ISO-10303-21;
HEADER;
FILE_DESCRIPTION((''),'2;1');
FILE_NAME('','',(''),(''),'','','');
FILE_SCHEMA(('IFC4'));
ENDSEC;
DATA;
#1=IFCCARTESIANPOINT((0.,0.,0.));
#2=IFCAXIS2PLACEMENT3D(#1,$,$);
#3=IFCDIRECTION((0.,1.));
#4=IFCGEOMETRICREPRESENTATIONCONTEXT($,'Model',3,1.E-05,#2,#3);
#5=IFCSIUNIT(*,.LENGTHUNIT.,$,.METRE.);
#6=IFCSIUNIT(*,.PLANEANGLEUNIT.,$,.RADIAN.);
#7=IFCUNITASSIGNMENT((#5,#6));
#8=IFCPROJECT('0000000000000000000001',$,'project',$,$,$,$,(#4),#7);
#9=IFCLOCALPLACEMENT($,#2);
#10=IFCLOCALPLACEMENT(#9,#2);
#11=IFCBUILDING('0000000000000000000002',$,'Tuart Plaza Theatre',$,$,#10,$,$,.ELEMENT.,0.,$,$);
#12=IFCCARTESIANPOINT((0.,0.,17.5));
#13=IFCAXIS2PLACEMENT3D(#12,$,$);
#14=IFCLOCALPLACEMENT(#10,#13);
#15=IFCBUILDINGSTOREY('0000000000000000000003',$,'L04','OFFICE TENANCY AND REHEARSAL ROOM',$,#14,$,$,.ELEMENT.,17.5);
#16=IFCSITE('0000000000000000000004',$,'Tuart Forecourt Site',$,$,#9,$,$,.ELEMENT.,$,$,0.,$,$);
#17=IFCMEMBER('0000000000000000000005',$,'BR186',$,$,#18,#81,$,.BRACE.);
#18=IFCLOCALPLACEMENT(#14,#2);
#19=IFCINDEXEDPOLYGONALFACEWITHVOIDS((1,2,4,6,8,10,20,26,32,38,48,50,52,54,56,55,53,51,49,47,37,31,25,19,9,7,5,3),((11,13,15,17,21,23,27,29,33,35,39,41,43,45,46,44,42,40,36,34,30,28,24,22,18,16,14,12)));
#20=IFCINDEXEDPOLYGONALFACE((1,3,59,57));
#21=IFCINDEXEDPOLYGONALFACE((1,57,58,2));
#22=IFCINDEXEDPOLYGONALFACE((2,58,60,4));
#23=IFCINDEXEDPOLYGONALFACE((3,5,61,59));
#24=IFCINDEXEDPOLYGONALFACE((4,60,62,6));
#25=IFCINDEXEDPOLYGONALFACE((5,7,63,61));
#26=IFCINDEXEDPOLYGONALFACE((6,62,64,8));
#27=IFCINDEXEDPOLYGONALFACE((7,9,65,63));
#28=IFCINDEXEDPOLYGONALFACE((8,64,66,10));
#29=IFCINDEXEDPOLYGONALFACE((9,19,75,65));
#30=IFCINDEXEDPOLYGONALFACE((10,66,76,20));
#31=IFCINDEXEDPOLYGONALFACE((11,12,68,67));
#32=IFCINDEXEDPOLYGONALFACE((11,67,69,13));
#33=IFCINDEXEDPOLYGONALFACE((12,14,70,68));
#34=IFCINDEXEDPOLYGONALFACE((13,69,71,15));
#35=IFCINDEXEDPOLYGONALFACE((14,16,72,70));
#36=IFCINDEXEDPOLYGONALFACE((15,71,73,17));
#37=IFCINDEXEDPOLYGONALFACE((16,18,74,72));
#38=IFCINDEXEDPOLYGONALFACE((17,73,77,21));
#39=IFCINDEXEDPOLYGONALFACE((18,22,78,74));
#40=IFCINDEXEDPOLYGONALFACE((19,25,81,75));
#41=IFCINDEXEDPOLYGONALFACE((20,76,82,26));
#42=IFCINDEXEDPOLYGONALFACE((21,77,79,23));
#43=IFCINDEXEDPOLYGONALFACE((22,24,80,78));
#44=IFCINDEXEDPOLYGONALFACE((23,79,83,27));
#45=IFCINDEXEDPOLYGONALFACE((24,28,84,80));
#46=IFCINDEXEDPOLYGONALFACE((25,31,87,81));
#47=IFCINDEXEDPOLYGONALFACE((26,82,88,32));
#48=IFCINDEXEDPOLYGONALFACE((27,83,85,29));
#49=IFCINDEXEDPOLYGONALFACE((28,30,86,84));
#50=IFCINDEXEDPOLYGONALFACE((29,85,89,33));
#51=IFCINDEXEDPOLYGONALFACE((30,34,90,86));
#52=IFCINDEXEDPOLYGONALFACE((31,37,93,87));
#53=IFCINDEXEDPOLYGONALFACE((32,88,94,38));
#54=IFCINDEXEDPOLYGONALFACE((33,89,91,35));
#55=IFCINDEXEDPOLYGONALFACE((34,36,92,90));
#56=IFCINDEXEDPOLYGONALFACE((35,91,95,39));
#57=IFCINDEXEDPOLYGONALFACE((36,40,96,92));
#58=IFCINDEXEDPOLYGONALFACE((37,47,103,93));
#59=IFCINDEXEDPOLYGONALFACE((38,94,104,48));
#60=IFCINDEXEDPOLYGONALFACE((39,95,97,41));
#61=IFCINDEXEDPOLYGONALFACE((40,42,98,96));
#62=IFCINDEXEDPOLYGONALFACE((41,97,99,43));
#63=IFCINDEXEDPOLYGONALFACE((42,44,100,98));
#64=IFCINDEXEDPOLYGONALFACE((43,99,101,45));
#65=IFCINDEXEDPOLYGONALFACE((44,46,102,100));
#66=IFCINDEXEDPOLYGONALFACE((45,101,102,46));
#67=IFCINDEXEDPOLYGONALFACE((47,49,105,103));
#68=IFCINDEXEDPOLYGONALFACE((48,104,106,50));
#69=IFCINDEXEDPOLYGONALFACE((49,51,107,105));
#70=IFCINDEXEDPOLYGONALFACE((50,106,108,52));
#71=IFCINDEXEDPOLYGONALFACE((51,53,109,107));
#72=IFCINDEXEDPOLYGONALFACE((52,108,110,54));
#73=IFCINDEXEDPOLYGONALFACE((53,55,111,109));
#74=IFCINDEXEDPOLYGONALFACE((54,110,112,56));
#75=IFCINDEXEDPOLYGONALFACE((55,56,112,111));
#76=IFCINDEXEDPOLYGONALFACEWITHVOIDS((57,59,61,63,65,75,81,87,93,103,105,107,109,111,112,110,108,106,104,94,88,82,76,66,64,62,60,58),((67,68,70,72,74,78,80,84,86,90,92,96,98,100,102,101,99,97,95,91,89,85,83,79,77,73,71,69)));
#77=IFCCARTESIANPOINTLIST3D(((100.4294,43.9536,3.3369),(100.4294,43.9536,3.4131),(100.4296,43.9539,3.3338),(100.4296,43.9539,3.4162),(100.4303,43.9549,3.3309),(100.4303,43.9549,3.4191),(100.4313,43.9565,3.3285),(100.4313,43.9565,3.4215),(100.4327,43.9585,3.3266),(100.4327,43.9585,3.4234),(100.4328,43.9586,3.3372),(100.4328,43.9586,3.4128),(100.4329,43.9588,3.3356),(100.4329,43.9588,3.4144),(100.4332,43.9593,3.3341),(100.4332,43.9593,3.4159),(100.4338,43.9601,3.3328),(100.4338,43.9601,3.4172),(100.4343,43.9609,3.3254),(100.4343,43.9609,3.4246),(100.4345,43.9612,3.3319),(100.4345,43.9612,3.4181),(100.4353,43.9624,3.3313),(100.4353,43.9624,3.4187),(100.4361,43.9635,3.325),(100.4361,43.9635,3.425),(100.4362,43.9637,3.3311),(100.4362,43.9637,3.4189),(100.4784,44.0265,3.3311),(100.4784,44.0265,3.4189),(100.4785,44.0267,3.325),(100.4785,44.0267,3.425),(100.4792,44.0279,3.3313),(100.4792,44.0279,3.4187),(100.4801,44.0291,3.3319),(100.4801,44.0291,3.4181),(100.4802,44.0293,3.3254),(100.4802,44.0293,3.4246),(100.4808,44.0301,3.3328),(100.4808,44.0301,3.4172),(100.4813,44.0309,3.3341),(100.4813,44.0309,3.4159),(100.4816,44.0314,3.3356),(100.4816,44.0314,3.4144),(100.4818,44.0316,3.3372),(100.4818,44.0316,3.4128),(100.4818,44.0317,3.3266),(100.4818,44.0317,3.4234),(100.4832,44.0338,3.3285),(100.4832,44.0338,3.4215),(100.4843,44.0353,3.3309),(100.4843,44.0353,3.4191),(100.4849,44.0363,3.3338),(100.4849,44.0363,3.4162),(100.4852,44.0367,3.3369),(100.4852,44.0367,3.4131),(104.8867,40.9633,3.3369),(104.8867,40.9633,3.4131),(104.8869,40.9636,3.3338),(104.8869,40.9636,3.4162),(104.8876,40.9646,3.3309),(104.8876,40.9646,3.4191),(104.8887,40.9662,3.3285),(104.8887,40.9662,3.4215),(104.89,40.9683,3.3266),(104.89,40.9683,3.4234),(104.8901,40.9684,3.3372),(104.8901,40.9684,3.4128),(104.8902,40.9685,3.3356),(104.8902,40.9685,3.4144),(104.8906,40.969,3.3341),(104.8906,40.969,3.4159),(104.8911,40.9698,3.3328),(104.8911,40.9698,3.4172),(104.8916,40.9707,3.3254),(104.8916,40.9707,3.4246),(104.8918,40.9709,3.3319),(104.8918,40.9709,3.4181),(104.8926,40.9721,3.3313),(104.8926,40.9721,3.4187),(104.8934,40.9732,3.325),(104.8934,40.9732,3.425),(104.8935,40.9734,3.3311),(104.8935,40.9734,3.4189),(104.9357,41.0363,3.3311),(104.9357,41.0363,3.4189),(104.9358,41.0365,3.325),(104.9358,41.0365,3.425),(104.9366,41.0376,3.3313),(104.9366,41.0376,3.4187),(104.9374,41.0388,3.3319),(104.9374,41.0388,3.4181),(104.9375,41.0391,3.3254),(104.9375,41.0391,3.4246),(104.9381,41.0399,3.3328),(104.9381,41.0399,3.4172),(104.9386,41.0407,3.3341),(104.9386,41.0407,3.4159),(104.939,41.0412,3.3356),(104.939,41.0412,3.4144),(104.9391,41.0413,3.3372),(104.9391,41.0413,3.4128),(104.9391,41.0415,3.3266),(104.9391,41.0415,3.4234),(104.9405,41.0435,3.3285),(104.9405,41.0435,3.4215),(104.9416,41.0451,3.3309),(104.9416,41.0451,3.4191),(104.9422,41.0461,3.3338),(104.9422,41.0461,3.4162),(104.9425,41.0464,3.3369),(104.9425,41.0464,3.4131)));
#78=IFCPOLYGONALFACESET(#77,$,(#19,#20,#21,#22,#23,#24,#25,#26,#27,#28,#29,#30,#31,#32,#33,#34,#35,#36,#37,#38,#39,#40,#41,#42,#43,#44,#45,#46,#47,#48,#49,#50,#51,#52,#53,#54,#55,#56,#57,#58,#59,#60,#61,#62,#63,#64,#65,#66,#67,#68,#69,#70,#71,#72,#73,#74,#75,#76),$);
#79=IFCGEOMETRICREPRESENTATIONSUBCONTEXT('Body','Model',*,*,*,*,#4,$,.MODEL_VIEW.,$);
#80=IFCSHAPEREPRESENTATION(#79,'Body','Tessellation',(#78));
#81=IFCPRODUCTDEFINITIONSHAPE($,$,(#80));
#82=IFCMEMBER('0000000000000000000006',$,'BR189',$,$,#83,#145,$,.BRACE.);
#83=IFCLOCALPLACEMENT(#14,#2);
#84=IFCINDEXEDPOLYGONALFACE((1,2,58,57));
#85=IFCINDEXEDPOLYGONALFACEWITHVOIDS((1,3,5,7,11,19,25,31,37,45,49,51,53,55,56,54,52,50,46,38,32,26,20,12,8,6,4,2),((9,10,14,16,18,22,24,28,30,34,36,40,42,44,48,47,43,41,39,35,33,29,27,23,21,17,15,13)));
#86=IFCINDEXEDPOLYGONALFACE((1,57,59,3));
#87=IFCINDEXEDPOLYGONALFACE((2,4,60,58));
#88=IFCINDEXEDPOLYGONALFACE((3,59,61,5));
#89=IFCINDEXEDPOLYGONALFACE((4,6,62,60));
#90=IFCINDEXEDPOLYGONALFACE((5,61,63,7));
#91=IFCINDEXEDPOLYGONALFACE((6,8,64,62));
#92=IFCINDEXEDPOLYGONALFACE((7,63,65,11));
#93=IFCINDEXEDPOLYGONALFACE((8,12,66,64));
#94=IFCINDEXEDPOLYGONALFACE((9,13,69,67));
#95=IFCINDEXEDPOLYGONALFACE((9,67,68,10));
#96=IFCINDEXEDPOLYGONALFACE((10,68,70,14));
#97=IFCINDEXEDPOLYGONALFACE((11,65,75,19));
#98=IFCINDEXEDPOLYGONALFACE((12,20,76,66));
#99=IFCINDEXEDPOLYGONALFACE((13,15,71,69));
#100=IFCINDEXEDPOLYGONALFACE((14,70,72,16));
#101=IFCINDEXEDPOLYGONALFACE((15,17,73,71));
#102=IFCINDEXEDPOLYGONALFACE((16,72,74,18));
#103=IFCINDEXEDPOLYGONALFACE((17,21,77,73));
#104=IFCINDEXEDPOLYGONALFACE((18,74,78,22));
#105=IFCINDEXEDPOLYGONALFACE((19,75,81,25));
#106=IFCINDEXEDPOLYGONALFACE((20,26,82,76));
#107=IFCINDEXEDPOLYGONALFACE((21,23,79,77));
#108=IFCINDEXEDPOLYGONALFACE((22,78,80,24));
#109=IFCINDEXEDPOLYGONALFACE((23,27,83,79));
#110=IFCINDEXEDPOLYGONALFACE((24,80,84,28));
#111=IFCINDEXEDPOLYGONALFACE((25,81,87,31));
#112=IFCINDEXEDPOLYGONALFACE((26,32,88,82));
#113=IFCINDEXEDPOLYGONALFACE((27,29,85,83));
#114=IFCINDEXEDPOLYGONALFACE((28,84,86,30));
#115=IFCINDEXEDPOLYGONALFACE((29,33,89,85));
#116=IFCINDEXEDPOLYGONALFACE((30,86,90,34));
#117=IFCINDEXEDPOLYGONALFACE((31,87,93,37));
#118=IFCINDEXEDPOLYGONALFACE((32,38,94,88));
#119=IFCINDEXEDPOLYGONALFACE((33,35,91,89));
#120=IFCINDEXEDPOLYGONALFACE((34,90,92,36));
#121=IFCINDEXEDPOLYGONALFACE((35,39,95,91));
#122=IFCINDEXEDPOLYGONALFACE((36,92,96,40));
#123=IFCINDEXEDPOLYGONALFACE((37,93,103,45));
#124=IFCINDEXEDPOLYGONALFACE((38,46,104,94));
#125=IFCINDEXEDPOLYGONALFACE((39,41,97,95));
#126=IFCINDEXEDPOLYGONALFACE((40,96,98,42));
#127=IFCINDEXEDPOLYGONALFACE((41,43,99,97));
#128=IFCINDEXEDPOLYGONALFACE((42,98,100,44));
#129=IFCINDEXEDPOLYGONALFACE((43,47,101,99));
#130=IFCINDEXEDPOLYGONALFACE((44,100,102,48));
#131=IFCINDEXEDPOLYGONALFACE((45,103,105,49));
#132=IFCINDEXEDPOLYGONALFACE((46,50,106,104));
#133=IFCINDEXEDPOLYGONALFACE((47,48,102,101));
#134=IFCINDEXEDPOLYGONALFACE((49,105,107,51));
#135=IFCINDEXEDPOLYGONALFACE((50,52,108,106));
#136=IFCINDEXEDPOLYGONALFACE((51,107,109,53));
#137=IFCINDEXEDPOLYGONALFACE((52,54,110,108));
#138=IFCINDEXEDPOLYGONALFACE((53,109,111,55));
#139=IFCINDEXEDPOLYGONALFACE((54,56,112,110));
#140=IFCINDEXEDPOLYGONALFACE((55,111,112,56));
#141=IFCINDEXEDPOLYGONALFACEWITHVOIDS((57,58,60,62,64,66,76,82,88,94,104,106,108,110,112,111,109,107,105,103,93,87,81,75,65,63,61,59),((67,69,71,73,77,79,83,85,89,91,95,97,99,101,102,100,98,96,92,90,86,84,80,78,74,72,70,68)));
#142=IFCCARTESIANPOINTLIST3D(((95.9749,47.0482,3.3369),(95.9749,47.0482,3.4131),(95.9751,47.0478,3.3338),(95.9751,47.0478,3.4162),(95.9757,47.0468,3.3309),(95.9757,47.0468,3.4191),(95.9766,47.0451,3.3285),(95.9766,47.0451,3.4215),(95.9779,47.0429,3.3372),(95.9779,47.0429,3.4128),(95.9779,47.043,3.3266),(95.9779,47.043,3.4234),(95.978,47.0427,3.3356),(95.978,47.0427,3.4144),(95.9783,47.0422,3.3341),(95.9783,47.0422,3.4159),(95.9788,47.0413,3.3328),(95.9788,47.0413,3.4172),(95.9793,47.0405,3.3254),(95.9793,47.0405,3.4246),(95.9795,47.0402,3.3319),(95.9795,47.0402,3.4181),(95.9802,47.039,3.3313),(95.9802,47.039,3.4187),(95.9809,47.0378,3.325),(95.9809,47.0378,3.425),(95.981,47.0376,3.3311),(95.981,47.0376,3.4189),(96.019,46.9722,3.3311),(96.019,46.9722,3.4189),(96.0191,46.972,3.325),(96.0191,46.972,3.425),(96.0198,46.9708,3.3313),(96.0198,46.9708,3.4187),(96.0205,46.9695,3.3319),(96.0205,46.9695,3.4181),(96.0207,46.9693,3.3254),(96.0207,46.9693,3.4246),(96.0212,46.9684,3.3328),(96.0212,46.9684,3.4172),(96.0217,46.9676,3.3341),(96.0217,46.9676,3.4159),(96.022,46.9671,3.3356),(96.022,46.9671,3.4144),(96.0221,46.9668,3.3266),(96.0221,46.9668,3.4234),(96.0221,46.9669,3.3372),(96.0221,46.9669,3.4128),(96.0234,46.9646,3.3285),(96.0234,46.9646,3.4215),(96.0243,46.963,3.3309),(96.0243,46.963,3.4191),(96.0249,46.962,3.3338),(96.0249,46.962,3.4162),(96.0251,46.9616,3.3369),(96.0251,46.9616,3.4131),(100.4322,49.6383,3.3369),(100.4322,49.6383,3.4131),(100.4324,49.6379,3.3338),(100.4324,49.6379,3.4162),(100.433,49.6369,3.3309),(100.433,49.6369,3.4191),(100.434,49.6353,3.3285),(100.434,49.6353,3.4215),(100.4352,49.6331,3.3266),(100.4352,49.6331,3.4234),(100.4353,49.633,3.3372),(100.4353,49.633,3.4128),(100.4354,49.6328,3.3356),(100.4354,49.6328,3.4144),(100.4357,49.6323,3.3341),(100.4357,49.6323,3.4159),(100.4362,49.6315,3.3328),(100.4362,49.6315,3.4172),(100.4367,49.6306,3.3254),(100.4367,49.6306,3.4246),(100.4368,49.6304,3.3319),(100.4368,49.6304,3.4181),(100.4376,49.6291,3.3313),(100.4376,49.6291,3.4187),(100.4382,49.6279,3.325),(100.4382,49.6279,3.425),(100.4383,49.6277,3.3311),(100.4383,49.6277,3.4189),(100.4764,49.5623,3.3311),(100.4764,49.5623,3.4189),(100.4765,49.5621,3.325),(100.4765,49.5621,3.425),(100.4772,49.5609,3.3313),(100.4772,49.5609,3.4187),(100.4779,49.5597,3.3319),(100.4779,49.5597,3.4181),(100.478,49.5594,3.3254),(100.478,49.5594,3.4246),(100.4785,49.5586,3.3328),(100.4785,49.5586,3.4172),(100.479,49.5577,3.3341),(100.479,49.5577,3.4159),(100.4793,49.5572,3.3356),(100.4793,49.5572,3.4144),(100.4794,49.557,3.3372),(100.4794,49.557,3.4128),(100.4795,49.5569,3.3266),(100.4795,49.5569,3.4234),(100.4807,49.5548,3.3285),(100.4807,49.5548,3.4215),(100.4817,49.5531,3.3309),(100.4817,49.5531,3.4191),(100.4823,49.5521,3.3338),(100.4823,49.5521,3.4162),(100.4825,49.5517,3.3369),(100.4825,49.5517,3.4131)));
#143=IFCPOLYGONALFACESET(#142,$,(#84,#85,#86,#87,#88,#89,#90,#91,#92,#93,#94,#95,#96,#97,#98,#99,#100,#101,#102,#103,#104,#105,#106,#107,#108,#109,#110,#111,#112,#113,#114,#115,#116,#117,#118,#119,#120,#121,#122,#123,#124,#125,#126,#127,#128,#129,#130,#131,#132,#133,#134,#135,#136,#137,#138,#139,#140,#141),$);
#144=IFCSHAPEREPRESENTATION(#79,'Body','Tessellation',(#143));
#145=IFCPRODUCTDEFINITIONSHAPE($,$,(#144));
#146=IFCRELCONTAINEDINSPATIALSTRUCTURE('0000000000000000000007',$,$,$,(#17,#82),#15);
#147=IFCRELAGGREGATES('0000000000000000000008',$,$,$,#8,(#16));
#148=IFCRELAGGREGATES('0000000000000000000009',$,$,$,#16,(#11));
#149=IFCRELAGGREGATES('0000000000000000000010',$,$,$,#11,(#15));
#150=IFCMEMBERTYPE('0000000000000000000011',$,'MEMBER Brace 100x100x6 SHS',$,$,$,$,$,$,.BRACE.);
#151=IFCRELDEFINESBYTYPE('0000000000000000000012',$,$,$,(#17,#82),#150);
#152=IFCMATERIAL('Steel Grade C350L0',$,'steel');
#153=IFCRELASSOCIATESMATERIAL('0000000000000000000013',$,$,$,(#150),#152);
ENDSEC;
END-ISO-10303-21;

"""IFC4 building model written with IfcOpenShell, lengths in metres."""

from ifc_helpers import new_model, si_unit, direction, frame, origin, origin_2d, place, context, subcontext, project, spatial, hollow_rectangle, extrude, material, material_profile, profile_set, type_object, element, save


model = new_model("IFC4")

# Units and contexts
model_context = context("Model", 3, precision=1e-05, world=origin(), true_north=direction((0.0, 1.0)))
body_context = subcontext(model_context, "Body", "Model", "MODEL_VIEW")
ifc_project = project(units=[si_unit("LENGTHUNIT", "METRE"), si_unit("PLANEANGLEUNIT", "RADIAN")], contexts=[model_context])

# Site, building, storey
site_placement = place(None, origin())
site = spatial("IfcSite", under=ifc_project, at=site_placement, Name="Tuart Forecourt Site", CompositionType="ELEMENT", RefElevation=0.0)
building_placement = place(site_placement, origin())
building = spatial("IfcBuilding", under=site, at=building_placement, Name="Tuart Plaza Theatre", CompositionType="ELEMENT", ElevationOfRefHeight=0.0)
storey_placement = place(building_placement, frame((0.0, 0.0, 17.5)))
storey = spatial("IfcBuildingStorey", under=building, at=storey_placement, Name="L04", Description="OFFICE TENANCY AND REHEARSAL ROOM", CompositionType="ELEMENT", Elevation=17.5)

# Members
ifc_material_1 = material(Name="Steel Grade C350L0", Category="steel")
ifc_material_profile_1 = material_profile(ifc_material_1, hollow_rectangle(XDim=0.1001, YDim=0.1001, WallThickness=0.0061, InnerFilletRadius=0.0061, OuterFilletRadius=0.012, at=origin_2d()), Name="100x100x6 SHS")
ifc_profile_set_1 = profile_set([ifc_material_profile_1], Name="Steel Grade C350L0")
member_type_1 = type_object("IfcMemberType", Name="MEMBER Brace 100x100x6 SHS", PredefinedType="BRACE", material=ifc_profile_set_1)
for number, where, z_axis, x_axis, name in (
    (1, (100.4573, 43.9951, 3.375), (0.830437, -0.557112, 0.0), (0.557112, 0.830437, 0.0), "BR186"),
):
    element("IfcMember", number, at=place(storey_placement, frame(where, z_axis=z_axis, x_axis=x_axis)), inside=storey, type_object=member_type_1, Name=name, PredefinedType="BRACE", context=body_context, shape_type="SweptSolid", body=[
        extrude(hollow_rectangle(XDim=0.1001, YDim=0.1001, WallThickness=0.0061, InnerFilletRadius=0.0061, OuterFilletRadius=0.012, at=origin_2d()), origin(), (0.0, 0.0, 1.0), 5.3674),
    ])
for number, where, z_axis, x_axis, name in (
    (2, (96.0, 47.0049, 3.375), (0.864621, 0.502425, 0.0), (-0.502425, 0.864621, 0.0), "BR189"),
):
    element("IfcMember", number, at=place(storey_placement, frame(where, z_axis=z_axis, x_axis=x_axis)), inside=storey, type_object=member_type_1, Name=name, PredefinedType="BRACE", context=body_context, shape_type="SweptSolid", body=[
        extrude(hollow_rectangle(XDim=0.1001, YDim=0.1001, WallThickness=0.0061, InnerFilletRadius=0.0061, OuterFilletRadius=0.012, at=origin_2d()), origin(), (0.0, 0.0, 1.0), 5.1553),
    ])

save(model, "model.ifc")
